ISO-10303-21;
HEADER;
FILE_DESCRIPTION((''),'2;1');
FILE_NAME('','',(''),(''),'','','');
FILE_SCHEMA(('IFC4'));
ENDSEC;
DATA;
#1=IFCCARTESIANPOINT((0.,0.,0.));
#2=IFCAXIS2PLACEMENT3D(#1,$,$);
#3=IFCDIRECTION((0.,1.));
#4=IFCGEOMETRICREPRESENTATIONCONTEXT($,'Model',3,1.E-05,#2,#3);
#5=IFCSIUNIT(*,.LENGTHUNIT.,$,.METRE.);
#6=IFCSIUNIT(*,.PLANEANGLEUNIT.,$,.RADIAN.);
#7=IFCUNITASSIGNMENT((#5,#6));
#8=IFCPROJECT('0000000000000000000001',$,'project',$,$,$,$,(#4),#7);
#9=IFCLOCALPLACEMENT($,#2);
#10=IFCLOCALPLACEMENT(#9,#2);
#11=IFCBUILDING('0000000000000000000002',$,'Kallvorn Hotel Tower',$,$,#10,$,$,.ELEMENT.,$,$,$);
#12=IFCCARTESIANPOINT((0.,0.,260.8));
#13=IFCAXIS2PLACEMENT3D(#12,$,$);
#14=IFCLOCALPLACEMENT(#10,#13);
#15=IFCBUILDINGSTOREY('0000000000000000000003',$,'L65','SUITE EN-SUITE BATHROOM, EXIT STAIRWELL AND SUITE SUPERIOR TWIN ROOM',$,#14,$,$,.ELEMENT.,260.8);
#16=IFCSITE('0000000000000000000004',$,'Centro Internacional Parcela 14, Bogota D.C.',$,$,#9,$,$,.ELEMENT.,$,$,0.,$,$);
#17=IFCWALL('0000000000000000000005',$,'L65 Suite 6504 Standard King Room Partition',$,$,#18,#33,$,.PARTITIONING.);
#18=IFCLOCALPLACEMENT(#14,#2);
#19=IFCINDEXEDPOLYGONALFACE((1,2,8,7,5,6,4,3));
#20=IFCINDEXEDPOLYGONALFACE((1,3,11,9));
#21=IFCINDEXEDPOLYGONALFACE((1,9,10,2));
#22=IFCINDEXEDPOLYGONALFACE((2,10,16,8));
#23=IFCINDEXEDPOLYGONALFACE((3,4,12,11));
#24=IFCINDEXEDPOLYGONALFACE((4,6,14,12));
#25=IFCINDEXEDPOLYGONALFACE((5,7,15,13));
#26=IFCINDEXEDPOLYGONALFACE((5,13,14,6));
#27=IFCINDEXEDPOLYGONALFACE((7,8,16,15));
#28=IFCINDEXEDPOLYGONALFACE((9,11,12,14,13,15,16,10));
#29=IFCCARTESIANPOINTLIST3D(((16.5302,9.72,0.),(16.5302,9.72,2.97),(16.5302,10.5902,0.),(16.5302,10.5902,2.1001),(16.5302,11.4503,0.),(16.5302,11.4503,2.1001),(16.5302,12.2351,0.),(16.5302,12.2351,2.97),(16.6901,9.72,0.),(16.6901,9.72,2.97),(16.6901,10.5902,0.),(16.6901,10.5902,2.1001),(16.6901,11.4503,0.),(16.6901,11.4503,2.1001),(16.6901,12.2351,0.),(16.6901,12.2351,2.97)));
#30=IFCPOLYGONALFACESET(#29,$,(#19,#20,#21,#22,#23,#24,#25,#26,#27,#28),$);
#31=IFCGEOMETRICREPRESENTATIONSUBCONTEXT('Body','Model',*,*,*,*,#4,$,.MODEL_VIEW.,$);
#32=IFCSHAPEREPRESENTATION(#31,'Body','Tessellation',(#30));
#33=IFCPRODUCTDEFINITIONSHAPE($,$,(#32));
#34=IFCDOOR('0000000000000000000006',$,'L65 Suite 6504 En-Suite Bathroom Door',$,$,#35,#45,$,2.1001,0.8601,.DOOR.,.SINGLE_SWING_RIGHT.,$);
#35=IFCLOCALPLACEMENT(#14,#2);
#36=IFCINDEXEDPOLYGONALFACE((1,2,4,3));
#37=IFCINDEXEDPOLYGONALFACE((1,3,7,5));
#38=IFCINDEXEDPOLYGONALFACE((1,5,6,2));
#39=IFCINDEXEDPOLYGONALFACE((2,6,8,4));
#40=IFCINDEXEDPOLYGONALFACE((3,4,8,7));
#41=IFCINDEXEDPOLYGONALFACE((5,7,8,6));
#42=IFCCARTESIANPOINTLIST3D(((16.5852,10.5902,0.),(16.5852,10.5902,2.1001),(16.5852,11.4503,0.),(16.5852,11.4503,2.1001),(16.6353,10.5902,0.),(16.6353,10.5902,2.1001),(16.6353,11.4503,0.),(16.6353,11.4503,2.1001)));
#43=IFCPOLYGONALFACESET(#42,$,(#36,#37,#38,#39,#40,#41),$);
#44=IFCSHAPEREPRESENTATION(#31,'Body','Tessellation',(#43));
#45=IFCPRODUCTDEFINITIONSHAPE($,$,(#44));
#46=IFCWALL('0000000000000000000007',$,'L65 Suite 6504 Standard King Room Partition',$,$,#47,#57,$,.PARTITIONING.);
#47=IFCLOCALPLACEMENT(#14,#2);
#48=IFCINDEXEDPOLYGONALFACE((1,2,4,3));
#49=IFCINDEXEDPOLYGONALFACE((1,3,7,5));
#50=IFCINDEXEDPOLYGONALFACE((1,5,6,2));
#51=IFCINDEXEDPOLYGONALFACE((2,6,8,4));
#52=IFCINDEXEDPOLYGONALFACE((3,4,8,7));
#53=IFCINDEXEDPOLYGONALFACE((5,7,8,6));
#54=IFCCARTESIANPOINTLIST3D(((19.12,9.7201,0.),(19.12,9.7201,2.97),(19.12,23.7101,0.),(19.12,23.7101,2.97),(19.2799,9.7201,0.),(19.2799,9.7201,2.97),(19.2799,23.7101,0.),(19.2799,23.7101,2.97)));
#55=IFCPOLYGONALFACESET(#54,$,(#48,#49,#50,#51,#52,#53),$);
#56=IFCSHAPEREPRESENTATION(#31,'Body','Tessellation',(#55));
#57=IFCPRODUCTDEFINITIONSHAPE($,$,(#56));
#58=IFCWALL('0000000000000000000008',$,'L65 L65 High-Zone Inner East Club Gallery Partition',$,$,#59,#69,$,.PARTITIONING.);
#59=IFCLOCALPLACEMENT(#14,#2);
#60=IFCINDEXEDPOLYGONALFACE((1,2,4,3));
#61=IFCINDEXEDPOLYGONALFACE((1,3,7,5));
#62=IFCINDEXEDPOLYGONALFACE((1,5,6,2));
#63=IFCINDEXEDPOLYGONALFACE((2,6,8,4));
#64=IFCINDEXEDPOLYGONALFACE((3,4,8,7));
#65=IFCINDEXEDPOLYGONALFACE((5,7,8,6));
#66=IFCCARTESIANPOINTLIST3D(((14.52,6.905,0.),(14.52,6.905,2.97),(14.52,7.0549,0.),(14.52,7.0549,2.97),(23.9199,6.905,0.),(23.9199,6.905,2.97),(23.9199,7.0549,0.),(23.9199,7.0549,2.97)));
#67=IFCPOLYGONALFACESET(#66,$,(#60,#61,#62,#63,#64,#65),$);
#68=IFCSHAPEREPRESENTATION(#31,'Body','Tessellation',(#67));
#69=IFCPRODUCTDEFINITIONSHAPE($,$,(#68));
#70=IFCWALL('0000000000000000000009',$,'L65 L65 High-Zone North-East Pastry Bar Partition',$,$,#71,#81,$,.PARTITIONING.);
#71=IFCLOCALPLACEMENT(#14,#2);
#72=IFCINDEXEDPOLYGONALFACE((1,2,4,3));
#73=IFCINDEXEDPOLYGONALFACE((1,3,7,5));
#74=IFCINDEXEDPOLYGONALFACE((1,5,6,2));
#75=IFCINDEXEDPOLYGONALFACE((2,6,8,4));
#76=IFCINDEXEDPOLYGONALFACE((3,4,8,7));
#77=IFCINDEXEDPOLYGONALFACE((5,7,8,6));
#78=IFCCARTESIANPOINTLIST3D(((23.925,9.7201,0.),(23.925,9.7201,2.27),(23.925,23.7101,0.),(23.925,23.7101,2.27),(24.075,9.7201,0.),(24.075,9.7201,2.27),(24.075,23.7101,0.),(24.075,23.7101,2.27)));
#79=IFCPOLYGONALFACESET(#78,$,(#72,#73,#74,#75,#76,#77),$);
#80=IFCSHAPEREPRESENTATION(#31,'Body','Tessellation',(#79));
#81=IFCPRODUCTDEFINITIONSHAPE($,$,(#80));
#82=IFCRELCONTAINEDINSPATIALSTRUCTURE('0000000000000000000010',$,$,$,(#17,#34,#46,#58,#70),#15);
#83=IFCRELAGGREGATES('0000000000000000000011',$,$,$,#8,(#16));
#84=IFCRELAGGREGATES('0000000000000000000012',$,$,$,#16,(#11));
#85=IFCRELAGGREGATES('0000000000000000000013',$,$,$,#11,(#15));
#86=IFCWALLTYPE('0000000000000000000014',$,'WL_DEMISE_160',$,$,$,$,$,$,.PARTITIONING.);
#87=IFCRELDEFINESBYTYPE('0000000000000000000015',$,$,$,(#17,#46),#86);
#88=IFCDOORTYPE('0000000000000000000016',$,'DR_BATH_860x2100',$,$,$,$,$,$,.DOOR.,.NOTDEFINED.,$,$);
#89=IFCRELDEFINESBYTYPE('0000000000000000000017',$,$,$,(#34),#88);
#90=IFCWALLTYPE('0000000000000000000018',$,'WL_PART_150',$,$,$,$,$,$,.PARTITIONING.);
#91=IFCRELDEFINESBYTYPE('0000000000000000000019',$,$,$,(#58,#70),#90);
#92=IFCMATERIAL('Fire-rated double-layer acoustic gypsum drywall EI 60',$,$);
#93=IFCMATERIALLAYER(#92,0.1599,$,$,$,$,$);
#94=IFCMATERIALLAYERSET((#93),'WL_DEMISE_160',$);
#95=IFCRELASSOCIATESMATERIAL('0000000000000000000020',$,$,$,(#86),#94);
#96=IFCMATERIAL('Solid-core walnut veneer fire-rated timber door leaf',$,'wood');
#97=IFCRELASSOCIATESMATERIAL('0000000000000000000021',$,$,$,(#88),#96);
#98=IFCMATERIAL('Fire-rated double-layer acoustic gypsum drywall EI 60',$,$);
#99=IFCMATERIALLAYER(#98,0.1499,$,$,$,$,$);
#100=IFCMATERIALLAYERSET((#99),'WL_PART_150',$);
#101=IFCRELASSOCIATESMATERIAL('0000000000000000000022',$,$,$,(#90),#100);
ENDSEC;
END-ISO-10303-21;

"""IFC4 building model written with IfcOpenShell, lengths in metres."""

from ifc_helpers import new_model, si_unit, direction, frame, frame_2d, origin, place, context, subcontext, project, spatial, rectangle, extrude, material, layer, layer_set, type_object, element, fill, save


model = new_model("IFC4")

# Units and contexts
model_context = context("Model", 3, precision=1e-05, world=origin(), true_north=direction((0.0, 1.0)))
body_context = subcontext(model_context, "Body", "Model", "MODEL_VIEW")
ifc_project = project(units=[si_unit("LENGTHUNIT", "METRE"), si_unit("PLANEANGLEUNIT", "RADIAN")], contexts=[model_context])

# Site, building, storey
site_placement = place(None, origin())
site = spatial("IfcSite", under=ifc_project, at=site_placement, Name="Centro Internacional Parcela 14, Bogota D.C.", CompositionType="ELEMENT", RefElevation=0.0)
building_placement = place(site_placement, origin())
building = spatial("IfcBuilding", under=site, at=building_placement, Name="Kallvorn Hotel Tower", CompositionType="ELEMENT")
storey_placement = place(building_placement, frame((0.0, 0.0, 260.8)))
storey = spatial("IfcBuildingStorey", under=building, at=storey_placement, Name="L65", Description="SUITE EN-SUITE BATHROOM, EXIT STAIRWELL AND SUITE SUPERIOR TWIN ROOM", CompositionType="ELEMENT", Elevation=260.8)

# Shared definitions
ifc_material_1 = material(Name="Fire-rated double-layer acoustic gypsum drywall EI 60")
ifc_layer_1 = layer(ifc_material_1, 0.1599)
ifc_layer_set_1 = layer_set([ifc_layer_1], Name="WL_DEMISE_160")
wall_type_1 = type_object("IfcWallType", Name="WL_DEMISE_160", PredefinedType="PARTITIONING", material=ifc_layer_set_1)

# Wall, opening, door
wall_1_placement = place(storey_placement, frame((16.6101, 9.72, 0.0), z_axis=(0.0, 0.0, 1.0), x_axis=(0.0, 1.0, 0.0)))
wall_1 = element("IfcWall", 1, at=wall_1_placement, inside=storey, type_object=wall_type_1, Name="L65 Suite 6504 Standard King Room Partition", PredefinedType="PARTITIONING", context=body_context, shape_type="SweptSolid", body=[
    extrude(rectangle(XDim=2.5151, YDim=0.1599, at=frame_2d((1.2576, 0.0))), origin(), (0.0, 0.0, 1.0), 2.97),
])
opening_placement = place(wall_1_placement, frame((0.8701, 0.0, 0.0)))
opening = element("IfcOpeningElement", 2, at=opening_placement, cuts=wall_1, PredefinedType="OPENING", context=body_context, shape_type="SweptSolid", body=[
    extrude(rectangle(XDim=0.8601, YDim=2.1001, at=frame_2d((0.4302, 1.05))), frame((0.0, 0.095, 0.0), z_axis=(0.0, -1.0, 0.0), x_axis=(1.0, 0.0, 0.0)), (0.0, 0.0, 1.0), 0.1899),
])
ifc_material_2 = material(Name="Solid-core walnut veneer fire-rated timber door leaf", Category="wood")
door_type = type_object("IfcDoorType", Name="DR_BATH_860x2100", OperationType="NOTDEFINED", PredefinedType="DOOR", material=ifc_material_2)
door_placement = place(opening_placement, origin())
door = element("IfcDoor", 3, at=door_placement, inside=storey, type_object=door_type, Name="L65 Suite 6504 En-Suite Bathroom Door", OperationType="SINGLE_SWING_RIGHT", OverallHeight=2.1001, OverallWidth=0.8601, PredefinedType="DOOR", context=body_context, shape_type="SweptSolid", body=[
    extrude(rectangle(XDim=0.8601, YDim=2.1001, at=frame_2d((0.4302, 1.05))), frame((0.0, 0.0249, 0.0), z_axis=(0.0, -1.0, 0.0), x_axis=(1.0, 0.0, 0.0)), (0.0, 0.0, 1.0), 0.05),
])
fill(opening, door)

# Walls
wall_2_placement = place(storey_placement, frame((19.2, 9.72, 0.0), z_axis=(0.0, 0.0, 1.0), x_axis=(0.0, 1.0, 0.0)))
element("IfcWall", 4, at=wall_2_placement, inside=storey, type_object=wall_type_1, Name="L65 Suite 6504 Standard King Room Partition", PredefinedType="PARTITIONING", context=body_context, shape_type="SweptSolid", body=[
    extrude(rectangle(XDim=13.99, YDim=0.1599, at=frame_2d((6.9951, 0.0))), origin(), (0.0, 0.0, 1.0), 2.97),
])
ifc_material_3 = material(Name="Fire-rated double-layer acoustic gypsum drywall EI 60")
ifc_layer_2 = layer(ifc_material_3, 0.1499)
ifc_layer_set_2 = layer_set([ifc_layer_2], Name="WL_PART_150")
wall_type_2 = type_object("IfcWallType", Name="WL_PART_150", PredefinedType="PARTITIONING", material=ifc_layer_set_2)
wall_3_placement = place(storey_placement, frame((14.52, 6.98, 0.0), z_axis=(0.0, 0.0, 1.0), x_axis=(1.0, 0.0, 0.0)))
element("IfcWall", 5, at=wall_3_placement, inside=storey, type_object=wall_type_2, Name="L65 L65 High-Zone Inner East Club Gallery Partition", PredefinedType="PARTITIONING", context=body_context, shape_type="SweptSolid", body=[
    extrude(rectangle(XDim=9.3999, YDim=0.1499, at=frame_2d((4.7, 0.0))), origin(), (0.0, 0.0, 1.0), 2.97),
])
wall_4_placement = place(storey_placement, frame((24.0, 9.72, 0.0), z_axis=(0.0, 0.0, 1.0), x_axis=(0.0, 1.0, 0.0)))
element("IfcWall", 6, at=wall_4_placement, inside=storey, type_object=wall_type_2, Name="L65 L65 High-Zone North-East Pastry Bar Partition", PredefinedType="PARTITIONING", context=body_context, shape_type="SweptSolid", body=[
    extrude(rectangle(XDim=13.99, YDim=0.1499, at=frame_2d((6.9951, 0.0))), origin(), (0.0, 0.0, 1.0), 2.27),
])

save(model, "model.ifc")
